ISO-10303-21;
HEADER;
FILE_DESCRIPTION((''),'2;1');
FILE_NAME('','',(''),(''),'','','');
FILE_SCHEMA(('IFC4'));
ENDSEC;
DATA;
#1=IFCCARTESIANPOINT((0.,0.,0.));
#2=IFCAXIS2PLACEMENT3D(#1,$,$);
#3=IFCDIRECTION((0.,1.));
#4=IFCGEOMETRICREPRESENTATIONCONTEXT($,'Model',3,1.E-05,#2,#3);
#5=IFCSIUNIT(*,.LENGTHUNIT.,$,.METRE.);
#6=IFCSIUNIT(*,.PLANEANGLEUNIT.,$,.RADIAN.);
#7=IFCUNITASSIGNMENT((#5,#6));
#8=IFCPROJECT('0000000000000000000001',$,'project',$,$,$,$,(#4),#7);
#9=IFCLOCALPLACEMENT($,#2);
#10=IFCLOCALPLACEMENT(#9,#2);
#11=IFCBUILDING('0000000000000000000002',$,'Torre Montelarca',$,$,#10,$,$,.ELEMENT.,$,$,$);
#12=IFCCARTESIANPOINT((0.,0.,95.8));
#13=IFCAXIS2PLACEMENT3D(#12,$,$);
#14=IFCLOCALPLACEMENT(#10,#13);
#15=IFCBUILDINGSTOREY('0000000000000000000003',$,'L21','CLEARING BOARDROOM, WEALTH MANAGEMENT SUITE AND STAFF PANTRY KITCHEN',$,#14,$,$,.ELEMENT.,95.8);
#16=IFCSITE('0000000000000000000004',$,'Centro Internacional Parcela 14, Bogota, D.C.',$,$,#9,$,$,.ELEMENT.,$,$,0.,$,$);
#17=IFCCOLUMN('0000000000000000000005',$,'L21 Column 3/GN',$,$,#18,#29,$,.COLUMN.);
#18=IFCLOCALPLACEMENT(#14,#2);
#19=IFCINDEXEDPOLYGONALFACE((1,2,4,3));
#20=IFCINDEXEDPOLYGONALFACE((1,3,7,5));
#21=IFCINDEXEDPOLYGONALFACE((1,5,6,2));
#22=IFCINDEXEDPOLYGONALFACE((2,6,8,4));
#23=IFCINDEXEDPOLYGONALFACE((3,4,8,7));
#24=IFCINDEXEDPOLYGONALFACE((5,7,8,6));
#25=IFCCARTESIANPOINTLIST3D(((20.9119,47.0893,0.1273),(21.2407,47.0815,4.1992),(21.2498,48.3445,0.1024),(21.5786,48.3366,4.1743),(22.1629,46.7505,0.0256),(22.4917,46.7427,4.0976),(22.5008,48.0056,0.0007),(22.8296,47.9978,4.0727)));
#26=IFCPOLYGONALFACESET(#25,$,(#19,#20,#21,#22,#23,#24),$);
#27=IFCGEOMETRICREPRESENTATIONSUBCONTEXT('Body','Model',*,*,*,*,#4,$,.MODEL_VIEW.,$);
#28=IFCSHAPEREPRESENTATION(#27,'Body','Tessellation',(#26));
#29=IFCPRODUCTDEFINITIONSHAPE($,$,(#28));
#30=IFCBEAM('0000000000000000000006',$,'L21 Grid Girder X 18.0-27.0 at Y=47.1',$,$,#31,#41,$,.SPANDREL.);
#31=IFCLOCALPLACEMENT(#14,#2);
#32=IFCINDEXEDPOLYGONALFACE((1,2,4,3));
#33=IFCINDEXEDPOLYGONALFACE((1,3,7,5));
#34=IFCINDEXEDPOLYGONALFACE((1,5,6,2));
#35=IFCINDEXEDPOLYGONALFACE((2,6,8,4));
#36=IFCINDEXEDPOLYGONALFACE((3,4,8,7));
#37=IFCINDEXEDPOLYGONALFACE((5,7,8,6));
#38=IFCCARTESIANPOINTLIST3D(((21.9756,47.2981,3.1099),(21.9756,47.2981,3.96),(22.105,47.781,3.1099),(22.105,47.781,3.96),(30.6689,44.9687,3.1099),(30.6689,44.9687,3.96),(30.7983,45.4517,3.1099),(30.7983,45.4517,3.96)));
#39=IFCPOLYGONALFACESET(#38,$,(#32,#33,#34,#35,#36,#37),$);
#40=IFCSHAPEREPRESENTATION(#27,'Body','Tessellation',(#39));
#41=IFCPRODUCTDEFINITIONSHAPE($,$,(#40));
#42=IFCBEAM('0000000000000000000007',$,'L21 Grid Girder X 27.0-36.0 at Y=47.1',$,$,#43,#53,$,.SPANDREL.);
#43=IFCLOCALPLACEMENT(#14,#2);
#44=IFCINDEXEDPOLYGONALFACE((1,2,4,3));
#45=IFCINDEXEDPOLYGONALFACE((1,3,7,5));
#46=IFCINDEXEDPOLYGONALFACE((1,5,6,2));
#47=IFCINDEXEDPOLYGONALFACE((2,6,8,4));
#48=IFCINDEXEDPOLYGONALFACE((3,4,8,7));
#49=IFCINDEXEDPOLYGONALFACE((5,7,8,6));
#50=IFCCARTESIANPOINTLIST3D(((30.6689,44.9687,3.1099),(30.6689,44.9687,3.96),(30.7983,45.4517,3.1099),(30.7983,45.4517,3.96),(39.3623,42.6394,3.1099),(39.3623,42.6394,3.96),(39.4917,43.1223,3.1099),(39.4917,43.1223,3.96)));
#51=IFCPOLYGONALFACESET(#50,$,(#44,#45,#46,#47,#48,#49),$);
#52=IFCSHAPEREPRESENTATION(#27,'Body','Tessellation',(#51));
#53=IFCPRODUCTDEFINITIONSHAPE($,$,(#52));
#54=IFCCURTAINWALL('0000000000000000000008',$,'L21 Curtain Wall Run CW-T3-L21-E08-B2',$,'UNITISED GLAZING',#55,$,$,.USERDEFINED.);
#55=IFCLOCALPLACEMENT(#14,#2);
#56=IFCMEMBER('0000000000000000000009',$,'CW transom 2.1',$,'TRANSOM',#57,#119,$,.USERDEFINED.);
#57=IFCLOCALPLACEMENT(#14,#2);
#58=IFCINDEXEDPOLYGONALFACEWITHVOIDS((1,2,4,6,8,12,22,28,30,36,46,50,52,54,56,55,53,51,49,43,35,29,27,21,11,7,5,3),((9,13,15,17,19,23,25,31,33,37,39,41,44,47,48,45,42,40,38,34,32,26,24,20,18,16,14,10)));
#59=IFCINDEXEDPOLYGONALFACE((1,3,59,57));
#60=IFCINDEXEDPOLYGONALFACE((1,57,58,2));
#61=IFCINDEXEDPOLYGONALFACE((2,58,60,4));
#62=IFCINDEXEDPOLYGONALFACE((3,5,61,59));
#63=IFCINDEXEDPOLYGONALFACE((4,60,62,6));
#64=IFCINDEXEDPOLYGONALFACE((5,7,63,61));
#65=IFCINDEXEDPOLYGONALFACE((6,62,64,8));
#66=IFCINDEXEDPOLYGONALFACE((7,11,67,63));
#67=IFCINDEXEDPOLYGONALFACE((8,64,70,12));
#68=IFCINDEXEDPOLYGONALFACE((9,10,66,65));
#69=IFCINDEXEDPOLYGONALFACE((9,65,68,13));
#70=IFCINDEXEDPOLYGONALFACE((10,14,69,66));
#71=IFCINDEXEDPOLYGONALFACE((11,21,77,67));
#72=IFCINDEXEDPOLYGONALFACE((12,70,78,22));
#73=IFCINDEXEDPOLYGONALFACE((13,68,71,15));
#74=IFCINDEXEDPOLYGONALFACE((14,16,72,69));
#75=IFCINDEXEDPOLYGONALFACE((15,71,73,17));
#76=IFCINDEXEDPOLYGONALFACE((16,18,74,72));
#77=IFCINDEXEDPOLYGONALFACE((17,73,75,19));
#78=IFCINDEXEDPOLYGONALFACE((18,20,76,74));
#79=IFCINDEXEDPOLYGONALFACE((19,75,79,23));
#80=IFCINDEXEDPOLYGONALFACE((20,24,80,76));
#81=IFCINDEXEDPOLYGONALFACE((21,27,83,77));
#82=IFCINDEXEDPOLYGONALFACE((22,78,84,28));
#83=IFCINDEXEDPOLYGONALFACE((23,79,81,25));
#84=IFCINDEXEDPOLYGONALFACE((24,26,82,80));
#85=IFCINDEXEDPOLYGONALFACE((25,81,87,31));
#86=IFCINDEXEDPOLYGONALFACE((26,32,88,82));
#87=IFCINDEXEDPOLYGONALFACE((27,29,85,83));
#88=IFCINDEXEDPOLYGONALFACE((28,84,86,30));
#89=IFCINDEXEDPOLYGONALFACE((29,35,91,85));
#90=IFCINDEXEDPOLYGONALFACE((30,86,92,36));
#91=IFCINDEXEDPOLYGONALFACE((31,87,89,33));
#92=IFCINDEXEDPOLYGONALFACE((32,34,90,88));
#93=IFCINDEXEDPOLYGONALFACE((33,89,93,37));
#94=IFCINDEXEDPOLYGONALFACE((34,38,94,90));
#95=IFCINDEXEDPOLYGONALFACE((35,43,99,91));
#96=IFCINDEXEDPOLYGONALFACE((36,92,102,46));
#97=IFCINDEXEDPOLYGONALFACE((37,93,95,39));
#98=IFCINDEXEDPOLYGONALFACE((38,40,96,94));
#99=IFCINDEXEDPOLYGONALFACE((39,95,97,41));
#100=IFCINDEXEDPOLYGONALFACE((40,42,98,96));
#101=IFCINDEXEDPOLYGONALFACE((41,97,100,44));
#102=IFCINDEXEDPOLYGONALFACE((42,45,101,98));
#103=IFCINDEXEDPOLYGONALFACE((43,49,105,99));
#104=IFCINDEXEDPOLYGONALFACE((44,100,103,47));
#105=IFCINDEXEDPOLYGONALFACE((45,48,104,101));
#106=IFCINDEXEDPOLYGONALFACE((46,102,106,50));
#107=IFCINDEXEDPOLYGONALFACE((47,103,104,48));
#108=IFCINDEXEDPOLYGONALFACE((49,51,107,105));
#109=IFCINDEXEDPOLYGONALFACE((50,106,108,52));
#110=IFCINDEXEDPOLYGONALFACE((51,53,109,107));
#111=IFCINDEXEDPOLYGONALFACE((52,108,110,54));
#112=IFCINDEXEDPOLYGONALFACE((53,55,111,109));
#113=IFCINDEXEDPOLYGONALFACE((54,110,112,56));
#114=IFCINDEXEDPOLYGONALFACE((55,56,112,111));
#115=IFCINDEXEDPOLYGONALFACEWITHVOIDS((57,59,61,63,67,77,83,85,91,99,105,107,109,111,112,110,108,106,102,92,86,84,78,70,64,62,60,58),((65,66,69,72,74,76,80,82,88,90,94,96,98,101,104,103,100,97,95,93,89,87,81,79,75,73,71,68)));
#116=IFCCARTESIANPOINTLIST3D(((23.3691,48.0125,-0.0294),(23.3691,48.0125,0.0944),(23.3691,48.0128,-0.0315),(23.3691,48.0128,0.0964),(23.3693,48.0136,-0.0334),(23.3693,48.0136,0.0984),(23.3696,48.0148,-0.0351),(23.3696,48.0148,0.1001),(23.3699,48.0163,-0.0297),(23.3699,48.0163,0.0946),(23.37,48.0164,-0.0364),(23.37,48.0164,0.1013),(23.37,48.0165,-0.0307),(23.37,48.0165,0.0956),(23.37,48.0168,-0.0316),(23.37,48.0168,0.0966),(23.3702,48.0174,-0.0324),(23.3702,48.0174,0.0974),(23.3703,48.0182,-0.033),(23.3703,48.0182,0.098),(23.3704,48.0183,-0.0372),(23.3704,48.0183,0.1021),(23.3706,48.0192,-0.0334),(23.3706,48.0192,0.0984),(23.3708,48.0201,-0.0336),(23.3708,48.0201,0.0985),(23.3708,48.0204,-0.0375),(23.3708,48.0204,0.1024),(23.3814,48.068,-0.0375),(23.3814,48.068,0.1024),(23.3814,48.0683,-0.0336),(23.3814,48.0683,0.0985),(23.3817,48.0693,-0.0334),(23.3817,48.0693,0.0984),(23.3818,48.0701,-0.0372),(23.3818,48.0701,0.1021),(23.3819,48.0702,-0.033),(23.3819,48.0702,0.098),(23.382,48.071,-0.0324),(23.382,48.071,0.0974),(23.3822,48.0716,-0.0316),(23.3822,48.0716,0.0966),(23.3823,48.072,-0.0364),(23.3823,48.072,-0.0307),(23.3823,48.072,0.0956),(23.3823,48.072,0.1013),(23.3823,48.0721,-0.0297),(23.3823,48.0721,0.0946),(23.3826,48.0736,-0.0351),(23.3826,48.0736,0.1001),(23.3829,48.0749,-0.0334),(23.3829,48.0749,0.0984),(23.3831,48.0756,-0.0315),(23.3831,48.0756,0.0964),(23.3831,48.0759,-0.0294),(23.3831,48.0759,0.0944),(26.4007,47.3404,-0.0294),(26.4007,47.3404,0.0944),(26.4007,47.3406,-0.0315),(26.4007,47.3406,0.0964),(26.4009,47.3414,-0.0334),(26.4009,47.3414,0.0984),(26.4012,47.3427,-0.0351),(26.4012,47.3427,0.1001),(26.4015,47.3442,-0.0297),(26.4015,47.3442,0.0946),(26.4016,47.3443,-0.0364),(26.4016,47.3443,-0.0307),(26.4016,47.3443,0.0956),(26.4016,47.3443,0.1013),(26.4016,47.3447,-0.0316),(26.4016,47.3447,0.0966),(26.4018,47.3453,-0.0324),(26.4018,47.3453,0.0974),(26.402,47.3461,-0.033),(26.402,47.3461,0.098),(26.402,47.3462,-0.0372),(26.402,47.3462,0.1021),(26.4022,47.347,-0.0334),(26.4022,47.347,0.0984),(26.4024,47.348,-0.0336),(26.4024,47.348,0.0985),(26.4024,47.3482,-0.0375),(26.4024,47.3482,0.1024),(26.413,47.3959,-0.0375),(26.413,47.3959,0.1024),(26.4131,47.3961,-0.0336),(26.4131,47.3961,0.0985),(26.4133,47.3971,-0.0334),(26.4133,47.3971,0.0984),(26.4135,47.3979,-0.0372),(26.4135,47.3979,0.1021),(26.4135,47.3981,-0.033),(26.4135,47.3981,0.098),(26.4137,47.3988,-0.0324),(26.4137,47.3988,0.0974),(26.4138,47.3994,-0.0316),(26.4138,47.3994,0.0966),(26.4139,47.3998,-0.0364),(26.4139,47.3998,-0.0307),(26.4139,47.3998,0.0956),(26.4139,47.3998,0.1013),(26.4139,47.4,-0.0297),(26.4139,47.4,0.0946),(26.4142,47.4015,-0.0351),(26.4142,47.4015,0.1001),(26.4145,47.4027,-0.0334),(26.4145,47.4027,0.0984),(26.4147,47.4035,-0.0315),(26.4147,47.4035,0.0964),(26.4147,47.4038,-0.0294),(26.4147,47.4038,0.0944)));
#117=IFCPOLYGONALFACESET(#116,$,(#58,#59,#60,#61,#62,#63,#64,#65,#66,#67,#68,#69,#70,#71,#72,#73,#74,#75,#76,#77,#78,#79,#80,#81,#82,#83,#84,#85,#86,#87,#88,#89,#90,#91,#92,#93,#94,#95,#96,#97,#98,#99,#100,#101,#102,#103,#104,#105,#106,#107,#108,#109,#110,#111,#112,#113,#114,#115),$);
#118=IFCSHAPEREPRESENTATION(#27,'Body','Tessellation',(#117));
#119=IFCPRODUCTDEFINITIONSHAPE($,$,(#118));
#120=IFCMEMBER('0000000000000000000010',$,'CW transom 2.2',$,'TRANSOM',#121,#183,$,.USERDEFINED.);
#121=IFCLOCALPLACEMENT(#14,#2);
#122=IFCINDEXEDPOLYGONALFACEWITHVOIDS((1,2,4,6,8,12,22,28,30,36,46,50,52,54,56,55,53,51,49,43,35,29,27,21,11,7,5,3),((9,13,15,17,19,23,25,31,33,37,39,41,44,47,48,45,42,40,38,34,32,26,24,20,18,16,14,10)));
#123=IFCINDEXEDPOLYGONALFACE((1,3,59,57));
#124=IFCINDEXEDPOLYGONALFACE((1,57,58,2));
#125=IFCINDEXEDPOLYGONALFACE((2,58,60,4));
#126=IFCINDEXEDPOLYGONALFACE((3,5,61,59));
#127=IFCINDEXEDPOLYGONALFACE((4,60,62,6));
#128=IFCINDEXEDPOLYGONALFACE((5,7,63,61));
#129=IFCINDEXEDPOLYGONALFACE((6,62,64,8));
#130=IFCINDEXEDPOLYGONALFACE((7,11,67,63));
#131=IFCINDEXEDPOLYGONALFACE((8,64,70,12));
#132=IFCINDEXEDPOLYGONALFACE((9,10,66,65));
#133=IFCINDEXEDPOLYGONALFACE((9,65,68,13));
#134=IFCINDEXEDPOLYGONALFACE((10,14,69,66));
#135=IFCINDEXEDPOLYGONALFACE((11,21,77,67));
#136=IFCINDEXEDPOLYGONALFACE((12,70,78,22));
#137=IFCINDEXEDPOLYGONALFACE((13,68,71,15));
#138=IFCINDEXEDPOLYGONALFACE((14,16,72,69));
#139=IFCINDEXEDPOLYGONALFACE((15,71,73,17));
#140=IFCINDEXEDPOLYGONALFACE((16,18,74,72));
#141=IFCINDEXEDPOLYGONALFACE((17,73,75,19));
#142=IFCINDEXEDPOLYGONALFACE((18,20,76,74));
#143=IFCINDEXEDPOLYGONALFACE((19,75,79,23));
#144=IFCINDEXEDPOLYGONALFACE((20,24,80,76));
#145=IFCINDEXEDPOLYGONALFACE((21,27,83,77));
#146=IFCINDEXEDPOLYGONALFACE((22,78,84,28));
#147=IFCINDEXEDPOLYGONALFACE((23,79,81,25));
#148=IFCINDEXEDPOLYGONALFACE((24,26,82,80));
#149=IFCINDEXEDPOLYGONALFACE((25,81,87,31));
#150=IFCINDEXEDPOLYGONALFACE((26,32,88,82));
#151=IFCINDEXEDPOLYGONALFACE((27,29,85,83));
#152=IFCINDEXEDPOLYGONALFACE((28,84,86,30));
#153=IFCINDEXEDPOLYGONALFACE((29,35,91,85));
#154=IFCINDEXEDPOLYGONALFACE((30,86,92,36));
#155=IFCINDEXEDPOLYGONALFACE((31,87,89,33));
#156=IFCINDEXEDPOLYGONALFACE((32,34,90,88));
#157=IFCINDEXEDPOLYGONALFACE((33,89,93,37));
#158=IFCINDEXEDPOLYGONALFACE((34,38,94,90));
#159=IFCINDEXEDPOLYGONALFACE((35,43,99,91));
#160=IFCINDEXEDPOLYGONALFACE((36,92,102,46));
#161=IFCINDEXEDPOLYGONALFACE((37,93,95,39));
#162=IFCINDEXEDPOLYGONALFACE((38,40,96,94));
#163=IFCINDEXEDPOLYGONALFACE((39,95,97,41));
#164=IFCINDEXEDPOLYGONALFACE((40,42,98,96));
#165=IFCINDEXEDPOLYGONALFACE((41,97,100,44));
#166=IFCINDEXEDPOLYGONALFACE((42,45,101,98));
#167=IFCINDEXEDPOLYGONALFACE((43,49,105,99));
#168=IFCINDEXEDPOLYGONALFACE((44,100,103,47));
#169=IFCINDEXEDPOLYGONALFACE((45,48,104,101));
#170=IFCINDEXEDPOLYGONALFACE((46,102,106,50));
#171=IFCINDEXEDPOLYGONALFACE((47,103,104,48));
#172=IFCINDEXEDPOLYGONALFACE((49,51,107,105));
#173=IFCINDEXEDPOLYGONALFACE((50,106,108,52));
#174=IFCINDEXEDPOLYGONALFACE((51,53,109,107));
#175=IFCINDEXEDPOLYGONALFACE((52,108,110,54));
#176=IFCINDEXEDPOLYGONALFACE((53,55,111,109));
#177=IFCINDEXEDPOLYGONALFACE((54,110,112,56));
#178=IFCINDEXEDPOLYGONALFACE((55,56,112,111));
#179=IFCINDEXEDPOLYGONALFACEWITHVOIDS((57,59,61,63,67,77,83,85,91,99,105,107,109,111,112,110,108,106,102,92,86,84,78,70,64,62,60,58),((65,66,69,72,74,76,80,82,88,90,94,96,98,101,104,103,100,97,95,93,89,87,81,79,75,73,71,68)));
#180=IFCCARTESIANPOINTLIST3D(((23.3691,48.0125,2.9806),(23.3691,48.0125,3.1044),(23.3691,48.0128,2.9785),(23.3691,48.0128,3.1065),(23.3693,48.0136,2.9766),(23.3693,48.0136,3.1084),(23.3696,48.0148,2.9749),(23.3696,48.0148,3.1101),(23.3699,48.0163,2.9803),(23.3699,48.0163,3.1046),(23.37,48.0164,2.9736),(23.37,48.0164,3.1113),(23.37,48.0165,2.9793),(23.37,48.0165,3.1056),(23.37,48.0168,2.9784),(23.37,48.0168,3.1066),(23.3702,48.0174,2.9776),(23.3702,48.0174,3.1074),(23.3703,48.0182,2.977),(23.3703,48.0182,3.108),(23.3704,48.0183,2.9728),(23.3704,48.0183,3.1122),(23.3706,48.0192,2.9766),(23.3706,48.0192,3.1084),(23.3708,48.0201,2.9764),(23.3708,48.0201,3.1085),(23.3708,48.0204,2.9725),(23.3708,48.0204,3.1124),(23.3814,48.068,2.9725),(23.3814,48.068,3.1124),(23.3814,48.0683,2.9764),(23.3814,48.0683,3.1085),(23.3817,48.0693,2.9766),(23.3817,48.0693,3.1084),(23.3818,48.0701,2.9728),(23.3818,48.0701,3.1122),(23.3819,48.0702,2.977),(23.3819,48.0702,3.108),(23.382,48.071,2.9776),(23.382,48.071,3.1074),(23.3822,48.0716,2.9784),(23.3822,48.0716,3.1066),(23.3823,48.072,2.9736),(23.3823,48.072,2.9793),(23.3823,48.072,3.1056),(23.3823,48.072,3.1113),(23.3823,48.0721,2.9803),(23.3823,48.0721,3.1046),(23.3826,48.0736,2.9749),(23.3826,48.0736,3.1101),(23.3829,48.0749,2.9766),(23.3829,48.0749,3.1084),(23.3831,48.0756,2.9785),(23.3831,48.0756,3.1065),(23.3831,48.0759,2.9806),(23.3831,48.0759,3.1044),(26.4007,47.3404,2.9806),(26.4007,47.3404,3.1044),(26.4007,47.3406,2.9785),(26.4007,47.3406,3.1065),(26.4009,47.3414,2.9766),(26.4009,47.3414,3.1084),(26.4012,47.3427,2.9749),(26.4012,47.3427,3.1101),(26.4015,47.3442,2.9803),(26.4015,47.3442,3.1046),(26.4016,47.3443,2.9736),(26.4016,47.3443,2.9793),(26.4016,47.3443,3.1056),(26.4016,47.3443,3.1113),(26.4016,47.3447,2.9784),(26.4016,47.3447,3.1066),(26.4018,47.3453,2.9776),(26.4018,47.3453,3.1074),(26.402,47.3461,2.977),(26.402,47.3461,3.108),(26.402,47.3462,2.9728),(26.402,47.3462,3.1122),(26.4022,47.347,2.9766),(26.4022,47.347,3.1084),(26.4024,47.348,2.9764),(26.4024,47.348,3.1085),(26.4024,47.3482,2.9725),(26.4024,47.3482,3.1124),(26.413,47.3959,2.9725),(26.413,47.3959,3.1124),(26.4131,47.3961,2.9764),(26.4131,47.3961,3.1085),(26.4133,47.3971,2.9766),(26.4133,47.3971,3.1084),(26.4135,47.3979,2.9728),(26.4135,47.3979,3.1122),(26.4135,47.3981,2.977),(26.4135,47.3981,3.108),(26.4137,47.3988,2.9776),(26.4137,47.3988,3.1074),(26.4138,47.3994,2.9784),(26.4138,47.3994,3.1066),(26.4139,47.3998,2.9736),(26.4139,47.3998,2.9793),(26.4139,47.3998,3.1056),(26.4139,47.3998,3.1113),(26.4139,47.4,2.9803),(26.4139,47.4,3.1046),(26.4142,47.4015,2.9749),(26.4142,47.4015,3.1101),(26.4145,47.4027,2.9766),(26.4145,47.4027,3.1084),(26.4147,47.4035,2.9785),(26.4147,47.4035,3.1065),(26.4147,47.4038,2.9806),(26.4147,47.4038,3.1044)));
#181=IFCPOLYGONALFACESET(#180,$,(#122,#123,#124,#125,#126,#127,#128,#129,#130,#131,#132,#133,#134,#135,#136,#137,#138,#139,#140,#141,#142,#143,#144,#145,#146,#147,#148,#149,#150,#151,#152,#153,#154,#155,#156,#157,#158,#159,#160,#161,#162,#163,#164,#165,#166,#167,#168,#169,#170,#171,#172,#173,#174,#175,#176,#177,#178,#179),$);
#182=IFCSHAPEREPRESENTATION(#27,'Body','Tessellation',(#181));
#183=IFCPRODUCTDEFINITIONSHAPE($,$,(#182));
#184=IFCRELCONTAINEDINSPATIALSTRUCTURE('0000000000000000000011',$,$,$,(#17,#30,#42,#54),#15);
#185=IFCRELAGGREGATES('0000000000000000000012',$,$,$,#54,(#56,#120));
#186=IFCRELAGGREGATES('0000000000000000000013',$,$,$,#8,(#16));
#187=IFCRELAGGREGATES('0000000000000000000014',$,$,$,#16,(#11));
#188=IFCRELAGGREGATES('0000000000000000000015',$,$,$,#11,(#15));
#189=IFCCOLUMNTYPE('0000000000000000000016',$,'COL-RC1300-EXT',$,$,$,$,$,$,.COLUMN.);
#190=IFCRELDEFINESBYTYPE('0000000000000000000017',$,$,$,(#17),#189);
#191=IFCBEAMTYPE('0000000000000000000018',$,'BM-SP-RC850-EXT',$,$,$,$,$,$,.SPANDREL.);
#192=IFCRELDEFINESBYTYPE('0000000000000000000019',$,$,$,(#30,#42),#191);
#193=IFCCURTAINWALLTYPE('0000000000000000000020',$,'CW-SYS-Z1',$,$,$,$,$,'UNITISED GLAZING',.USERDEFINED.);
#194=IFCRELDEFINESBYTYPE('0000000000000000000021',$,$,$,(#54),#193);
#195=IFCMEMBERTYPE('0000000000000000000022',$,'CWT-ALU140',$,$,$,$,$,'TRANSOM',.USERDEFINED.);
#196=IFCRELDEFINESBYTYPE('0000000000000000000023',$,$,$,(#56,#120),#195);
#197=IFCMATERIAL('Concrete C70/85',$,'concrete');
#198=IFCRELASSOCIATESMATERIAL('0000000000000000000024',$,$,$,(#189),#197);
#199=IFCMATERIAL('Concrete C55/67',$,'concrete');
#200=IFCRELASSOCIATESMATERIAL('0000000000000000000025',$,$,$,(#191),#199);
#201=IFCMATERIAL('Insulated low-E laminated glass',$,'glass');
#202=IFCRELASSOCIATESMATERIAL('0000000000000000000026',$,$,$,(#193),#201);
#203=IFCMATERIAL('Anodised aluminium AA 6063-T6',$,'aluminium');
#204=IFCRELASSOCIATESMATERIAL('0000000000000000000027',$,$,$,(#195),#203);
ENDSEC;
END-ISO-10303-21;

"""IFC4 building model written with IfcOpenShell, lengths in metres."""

from ifc_helpers import new_model, si_unit, direction, frame, origin, origin_2d, place, context, subcontext, project, spatial, rectangle, hollow_rectangle, extrude, clip, halfspace, source, transform, mapped, material, material_profile, profile_set, type_object, element, aggregate, save


model = new_model("IFC4")

# Units and contexts
model_context = context("Model", 3, precision=1e-05, world=origin(), true_north=direction((0.0, 1.0)))
body_context = subcontext(model_context, "Body", "Model", "MODEL_VIEW")
ifc_project = project(units=[si_unit("LENGTHUNIT", "METRE"), si_unit("PLANEANGLEUNIT", "RADIAN")], contexts=[model_context])

# Site, building, storey
site_placement = place(None, origin())
site = spatial("IfcSite", under=ifc_project, at=site_placement, Name="Centro Internacional Parcela 14, Bogota, D.C.", CompositionType="ELEMENT", RefElevation=0.0)
building_placement = place(site_placement, origin())
building = spatial("IfcBuilding", under=site, at=building_placement, Name="Torre Montelarca", CompositionType="ELEMENT")
storey_placement = place(building_placement, frame((0.0, 0.0, 95.8)))
storey = spatial("IfcBuildingStorey", under=building, at=storey_placement, Name="L21", Description="CLEARING BOARDROOM, WEALTH MANAGEMENT SUITE AND STAFF PANTRY KITCHEN", CompositionType="ELEMENT", Elevation=95.8)

# Column
ifc_material_1 = material(Name="Concrete C70/85", Category="concrete")
ifc_material_profile_1 = material_profile(ifc_material_1, rectangle(XDim=1.3, YDim=1.3, at=origin_2d()), Name="RC1300X1300", Category="concrete")
ifc_profile_set_1 = profile_set([ifc_material_profile_1], Name="Concrete C70/85")
column_type = type_object("IfcColumnType", Name="COL-RC1300-EXT", PredefinedType="COLUMN", material=ifc_profile_set_1)
column_1_placement = place(storey_placement, frame((21.7012, 47.5476, 0.0), z_axis=(0.08048, -0.001912, 0.996754), x_axis=(-0.259918, -0.965441, 0.019134)))
element("IfcColumn", 1, at=column_1_placement, inside=storey, type_object=column_type, Name="L21 Column 3/GN", PredefinedType="COLUMN", context=body_context, shape_type="Clipping", body=[
    clip(clip(extrude(rectangle(XDim=1.3, YDim=1.3, at=origin_2d()), origin(), (0.0, 0.0, 1.0), 4.2136), halfspace(frame((0.0, 0.0, 0.0642), z_axis=(0.0, 0.0, -1.0), x_axis=(1.0, 0.0, 0.0)), False)), halfspace(frame((0.0, 0.0, 4.1494), z_axis=(0.0, 0.0, 1.0), x_axis=(1.0, 0.0, 0.0)), False)),
])

# Beams
ifc_material_2 = material(Name="Concrete C55/67", Category="concrete")
ifc_material_profile_2 = material_profile(ifc_material_2, rectangle(XDim=0.5, YDim=0.8501, at=origin_2d()), Name="RCB500X850", Category="concrete")
ifc_profile_set_2 = profile_set([ifc_material_profile_2], Name="Concrete C55/67")
beam_type = type_object("IfcBeamType", Name="BM-SP-RC850-EXT", PredefinedType="SPANDREL", material=ifc_profile_set_2)
shared_shape_1 = source(origin(), body_context, "Body", "SweptSolid", [
    extrude(rectangle(XDim=0.5, YDim=0.8501, at=origin_2d()), origin(), (0.0, 0.0, 1.0), 9.0),
])
for number, where, z_axis, x_axis, name in (
    (2, (22.0403, 47.5396, 3.5349), (0.965927, -0.258816, 0.0), (0.258816, 0.965927, 0.0), "L21 Grid Girder X 18.0-27.0 at Y=47.1"),
    (3, (30.7336, 45.2102, 3.5349), (0.965927, -0.258816, 0.0), (0.258816, 0.965927, 0.0), "L21 Grid Girder X 27.0-36.0 at Y=47.1"),
):
    element("IfcBeam", number, at=place(storey_placement, frame(where, z_axis=z_axis, x_axis=x_axis)), inside=storey, type_object=beam_type, Name=name, PredefinedType="SPANDREL", context=body_context, shape_type="MappedRepresentation", body=[
        mapped(shared_shape_1, transform((0.0, 0.0, 0.0), scale=1.0)),
    ])

# Curtain wall, members
ifc_material_3 = material(Name="Insulated low-E laminated glass", Category="glass")
curtain_wall_type = type_object("IfcCurtainWallType", Name="CW-SYS-Z1", ElementType="UNITISED GLAZING", PredefinedType="USERDEFINED", material=ifc_material_3)
curtain_wall_1_placement = place(storey_placement, origin())
curtain_wall_1 = element("IfcCurtainWall", 4, at=curtain_wall_1_placement, inside=storey, type_object=curtain_wall_type, Name="L21 Curtain Wall Run CW-T3-L21-E08-B2", ObjectType="UNITISED GLAZING", PredefinedType="USERDEFINED")
ifc_material_4 = material(Name="Anodised aluminium AA 6063-T6", Category="aluminium")
ifc_material_profile_3 = material_profile(ifc_material_4, hollow_rectangle(XDim=0.0649, YDim=0.1399, WallThickness=0.0039, InnerFilletRadius=0.0039, OuterFilletRadius=0.0081, at=origin_2d()), Name="ALU65X140X4", Category="aluminium")
ifc_profile_set_3 = profile_set([ifc_material_profile_3], Name="Anodised aluminium AA 6063-T6")
member_type_1 = type_object("IfcMemberType", Name="CWT-ALU140", ElementType="TRANSOM", PredefinedType="USERDEFINED", material=ifc_profile_set_3)
shared_shape_2 = source(origin(), body_context, "Body", "SweptSolid", [
    extrude(hollow_rectangle(XDim=0.0649, YDim=0.1399, WallThickness=0.0039, InnerFilletRadius=0.0039, OuterFilletRadius=0.0081, at=origin_2d()), origin(), (0.0, 0.0, 1.0), 3.1052),
])
member_1_placement = place(storey_placement, frame((26.4077, 47.3721, 0.0325), z_axis=(-0.976292, 0.216456, 0.0), x_axis=(-0.216456, -0.976292, 0.0)))
member_1 = element("IfcMember", 5, at=member_1_placement, type_object=member_type_1, Name="CW transom 2.1", ObjectType="TRANSOM", PredefinedType="USERDEFINED", context=body_context, shape_type="MappedRepresentation", body=[
    mapped(shared_shape_2, transform((0.0, 0.0, 0.0), scale=1.0)),
])
member_2_placement = place(storey_placement, frame((26.4077, 47.3721, 3.0425), z_axis=(-0.976292, 0.216456, 0.0), x_axis=(-0.216456, -0.976292, 0.0)))
member_2 = element("IfcMember", 6, at=member_2_placement, type_object=member_type_1, Name="CW transom 2.2", ObjectType="TRANSOM", PredefinedType="USERDEFINED", context=body_context, shape_type="MappedRepresentation", body=[
    mapped(shared_shape_2, transform((0.0, 0.0, 0.0), scale=1.0)),
])

aggregate(curtain_wall_1, [member_1, member_2])

save(model, "model.ifc")
